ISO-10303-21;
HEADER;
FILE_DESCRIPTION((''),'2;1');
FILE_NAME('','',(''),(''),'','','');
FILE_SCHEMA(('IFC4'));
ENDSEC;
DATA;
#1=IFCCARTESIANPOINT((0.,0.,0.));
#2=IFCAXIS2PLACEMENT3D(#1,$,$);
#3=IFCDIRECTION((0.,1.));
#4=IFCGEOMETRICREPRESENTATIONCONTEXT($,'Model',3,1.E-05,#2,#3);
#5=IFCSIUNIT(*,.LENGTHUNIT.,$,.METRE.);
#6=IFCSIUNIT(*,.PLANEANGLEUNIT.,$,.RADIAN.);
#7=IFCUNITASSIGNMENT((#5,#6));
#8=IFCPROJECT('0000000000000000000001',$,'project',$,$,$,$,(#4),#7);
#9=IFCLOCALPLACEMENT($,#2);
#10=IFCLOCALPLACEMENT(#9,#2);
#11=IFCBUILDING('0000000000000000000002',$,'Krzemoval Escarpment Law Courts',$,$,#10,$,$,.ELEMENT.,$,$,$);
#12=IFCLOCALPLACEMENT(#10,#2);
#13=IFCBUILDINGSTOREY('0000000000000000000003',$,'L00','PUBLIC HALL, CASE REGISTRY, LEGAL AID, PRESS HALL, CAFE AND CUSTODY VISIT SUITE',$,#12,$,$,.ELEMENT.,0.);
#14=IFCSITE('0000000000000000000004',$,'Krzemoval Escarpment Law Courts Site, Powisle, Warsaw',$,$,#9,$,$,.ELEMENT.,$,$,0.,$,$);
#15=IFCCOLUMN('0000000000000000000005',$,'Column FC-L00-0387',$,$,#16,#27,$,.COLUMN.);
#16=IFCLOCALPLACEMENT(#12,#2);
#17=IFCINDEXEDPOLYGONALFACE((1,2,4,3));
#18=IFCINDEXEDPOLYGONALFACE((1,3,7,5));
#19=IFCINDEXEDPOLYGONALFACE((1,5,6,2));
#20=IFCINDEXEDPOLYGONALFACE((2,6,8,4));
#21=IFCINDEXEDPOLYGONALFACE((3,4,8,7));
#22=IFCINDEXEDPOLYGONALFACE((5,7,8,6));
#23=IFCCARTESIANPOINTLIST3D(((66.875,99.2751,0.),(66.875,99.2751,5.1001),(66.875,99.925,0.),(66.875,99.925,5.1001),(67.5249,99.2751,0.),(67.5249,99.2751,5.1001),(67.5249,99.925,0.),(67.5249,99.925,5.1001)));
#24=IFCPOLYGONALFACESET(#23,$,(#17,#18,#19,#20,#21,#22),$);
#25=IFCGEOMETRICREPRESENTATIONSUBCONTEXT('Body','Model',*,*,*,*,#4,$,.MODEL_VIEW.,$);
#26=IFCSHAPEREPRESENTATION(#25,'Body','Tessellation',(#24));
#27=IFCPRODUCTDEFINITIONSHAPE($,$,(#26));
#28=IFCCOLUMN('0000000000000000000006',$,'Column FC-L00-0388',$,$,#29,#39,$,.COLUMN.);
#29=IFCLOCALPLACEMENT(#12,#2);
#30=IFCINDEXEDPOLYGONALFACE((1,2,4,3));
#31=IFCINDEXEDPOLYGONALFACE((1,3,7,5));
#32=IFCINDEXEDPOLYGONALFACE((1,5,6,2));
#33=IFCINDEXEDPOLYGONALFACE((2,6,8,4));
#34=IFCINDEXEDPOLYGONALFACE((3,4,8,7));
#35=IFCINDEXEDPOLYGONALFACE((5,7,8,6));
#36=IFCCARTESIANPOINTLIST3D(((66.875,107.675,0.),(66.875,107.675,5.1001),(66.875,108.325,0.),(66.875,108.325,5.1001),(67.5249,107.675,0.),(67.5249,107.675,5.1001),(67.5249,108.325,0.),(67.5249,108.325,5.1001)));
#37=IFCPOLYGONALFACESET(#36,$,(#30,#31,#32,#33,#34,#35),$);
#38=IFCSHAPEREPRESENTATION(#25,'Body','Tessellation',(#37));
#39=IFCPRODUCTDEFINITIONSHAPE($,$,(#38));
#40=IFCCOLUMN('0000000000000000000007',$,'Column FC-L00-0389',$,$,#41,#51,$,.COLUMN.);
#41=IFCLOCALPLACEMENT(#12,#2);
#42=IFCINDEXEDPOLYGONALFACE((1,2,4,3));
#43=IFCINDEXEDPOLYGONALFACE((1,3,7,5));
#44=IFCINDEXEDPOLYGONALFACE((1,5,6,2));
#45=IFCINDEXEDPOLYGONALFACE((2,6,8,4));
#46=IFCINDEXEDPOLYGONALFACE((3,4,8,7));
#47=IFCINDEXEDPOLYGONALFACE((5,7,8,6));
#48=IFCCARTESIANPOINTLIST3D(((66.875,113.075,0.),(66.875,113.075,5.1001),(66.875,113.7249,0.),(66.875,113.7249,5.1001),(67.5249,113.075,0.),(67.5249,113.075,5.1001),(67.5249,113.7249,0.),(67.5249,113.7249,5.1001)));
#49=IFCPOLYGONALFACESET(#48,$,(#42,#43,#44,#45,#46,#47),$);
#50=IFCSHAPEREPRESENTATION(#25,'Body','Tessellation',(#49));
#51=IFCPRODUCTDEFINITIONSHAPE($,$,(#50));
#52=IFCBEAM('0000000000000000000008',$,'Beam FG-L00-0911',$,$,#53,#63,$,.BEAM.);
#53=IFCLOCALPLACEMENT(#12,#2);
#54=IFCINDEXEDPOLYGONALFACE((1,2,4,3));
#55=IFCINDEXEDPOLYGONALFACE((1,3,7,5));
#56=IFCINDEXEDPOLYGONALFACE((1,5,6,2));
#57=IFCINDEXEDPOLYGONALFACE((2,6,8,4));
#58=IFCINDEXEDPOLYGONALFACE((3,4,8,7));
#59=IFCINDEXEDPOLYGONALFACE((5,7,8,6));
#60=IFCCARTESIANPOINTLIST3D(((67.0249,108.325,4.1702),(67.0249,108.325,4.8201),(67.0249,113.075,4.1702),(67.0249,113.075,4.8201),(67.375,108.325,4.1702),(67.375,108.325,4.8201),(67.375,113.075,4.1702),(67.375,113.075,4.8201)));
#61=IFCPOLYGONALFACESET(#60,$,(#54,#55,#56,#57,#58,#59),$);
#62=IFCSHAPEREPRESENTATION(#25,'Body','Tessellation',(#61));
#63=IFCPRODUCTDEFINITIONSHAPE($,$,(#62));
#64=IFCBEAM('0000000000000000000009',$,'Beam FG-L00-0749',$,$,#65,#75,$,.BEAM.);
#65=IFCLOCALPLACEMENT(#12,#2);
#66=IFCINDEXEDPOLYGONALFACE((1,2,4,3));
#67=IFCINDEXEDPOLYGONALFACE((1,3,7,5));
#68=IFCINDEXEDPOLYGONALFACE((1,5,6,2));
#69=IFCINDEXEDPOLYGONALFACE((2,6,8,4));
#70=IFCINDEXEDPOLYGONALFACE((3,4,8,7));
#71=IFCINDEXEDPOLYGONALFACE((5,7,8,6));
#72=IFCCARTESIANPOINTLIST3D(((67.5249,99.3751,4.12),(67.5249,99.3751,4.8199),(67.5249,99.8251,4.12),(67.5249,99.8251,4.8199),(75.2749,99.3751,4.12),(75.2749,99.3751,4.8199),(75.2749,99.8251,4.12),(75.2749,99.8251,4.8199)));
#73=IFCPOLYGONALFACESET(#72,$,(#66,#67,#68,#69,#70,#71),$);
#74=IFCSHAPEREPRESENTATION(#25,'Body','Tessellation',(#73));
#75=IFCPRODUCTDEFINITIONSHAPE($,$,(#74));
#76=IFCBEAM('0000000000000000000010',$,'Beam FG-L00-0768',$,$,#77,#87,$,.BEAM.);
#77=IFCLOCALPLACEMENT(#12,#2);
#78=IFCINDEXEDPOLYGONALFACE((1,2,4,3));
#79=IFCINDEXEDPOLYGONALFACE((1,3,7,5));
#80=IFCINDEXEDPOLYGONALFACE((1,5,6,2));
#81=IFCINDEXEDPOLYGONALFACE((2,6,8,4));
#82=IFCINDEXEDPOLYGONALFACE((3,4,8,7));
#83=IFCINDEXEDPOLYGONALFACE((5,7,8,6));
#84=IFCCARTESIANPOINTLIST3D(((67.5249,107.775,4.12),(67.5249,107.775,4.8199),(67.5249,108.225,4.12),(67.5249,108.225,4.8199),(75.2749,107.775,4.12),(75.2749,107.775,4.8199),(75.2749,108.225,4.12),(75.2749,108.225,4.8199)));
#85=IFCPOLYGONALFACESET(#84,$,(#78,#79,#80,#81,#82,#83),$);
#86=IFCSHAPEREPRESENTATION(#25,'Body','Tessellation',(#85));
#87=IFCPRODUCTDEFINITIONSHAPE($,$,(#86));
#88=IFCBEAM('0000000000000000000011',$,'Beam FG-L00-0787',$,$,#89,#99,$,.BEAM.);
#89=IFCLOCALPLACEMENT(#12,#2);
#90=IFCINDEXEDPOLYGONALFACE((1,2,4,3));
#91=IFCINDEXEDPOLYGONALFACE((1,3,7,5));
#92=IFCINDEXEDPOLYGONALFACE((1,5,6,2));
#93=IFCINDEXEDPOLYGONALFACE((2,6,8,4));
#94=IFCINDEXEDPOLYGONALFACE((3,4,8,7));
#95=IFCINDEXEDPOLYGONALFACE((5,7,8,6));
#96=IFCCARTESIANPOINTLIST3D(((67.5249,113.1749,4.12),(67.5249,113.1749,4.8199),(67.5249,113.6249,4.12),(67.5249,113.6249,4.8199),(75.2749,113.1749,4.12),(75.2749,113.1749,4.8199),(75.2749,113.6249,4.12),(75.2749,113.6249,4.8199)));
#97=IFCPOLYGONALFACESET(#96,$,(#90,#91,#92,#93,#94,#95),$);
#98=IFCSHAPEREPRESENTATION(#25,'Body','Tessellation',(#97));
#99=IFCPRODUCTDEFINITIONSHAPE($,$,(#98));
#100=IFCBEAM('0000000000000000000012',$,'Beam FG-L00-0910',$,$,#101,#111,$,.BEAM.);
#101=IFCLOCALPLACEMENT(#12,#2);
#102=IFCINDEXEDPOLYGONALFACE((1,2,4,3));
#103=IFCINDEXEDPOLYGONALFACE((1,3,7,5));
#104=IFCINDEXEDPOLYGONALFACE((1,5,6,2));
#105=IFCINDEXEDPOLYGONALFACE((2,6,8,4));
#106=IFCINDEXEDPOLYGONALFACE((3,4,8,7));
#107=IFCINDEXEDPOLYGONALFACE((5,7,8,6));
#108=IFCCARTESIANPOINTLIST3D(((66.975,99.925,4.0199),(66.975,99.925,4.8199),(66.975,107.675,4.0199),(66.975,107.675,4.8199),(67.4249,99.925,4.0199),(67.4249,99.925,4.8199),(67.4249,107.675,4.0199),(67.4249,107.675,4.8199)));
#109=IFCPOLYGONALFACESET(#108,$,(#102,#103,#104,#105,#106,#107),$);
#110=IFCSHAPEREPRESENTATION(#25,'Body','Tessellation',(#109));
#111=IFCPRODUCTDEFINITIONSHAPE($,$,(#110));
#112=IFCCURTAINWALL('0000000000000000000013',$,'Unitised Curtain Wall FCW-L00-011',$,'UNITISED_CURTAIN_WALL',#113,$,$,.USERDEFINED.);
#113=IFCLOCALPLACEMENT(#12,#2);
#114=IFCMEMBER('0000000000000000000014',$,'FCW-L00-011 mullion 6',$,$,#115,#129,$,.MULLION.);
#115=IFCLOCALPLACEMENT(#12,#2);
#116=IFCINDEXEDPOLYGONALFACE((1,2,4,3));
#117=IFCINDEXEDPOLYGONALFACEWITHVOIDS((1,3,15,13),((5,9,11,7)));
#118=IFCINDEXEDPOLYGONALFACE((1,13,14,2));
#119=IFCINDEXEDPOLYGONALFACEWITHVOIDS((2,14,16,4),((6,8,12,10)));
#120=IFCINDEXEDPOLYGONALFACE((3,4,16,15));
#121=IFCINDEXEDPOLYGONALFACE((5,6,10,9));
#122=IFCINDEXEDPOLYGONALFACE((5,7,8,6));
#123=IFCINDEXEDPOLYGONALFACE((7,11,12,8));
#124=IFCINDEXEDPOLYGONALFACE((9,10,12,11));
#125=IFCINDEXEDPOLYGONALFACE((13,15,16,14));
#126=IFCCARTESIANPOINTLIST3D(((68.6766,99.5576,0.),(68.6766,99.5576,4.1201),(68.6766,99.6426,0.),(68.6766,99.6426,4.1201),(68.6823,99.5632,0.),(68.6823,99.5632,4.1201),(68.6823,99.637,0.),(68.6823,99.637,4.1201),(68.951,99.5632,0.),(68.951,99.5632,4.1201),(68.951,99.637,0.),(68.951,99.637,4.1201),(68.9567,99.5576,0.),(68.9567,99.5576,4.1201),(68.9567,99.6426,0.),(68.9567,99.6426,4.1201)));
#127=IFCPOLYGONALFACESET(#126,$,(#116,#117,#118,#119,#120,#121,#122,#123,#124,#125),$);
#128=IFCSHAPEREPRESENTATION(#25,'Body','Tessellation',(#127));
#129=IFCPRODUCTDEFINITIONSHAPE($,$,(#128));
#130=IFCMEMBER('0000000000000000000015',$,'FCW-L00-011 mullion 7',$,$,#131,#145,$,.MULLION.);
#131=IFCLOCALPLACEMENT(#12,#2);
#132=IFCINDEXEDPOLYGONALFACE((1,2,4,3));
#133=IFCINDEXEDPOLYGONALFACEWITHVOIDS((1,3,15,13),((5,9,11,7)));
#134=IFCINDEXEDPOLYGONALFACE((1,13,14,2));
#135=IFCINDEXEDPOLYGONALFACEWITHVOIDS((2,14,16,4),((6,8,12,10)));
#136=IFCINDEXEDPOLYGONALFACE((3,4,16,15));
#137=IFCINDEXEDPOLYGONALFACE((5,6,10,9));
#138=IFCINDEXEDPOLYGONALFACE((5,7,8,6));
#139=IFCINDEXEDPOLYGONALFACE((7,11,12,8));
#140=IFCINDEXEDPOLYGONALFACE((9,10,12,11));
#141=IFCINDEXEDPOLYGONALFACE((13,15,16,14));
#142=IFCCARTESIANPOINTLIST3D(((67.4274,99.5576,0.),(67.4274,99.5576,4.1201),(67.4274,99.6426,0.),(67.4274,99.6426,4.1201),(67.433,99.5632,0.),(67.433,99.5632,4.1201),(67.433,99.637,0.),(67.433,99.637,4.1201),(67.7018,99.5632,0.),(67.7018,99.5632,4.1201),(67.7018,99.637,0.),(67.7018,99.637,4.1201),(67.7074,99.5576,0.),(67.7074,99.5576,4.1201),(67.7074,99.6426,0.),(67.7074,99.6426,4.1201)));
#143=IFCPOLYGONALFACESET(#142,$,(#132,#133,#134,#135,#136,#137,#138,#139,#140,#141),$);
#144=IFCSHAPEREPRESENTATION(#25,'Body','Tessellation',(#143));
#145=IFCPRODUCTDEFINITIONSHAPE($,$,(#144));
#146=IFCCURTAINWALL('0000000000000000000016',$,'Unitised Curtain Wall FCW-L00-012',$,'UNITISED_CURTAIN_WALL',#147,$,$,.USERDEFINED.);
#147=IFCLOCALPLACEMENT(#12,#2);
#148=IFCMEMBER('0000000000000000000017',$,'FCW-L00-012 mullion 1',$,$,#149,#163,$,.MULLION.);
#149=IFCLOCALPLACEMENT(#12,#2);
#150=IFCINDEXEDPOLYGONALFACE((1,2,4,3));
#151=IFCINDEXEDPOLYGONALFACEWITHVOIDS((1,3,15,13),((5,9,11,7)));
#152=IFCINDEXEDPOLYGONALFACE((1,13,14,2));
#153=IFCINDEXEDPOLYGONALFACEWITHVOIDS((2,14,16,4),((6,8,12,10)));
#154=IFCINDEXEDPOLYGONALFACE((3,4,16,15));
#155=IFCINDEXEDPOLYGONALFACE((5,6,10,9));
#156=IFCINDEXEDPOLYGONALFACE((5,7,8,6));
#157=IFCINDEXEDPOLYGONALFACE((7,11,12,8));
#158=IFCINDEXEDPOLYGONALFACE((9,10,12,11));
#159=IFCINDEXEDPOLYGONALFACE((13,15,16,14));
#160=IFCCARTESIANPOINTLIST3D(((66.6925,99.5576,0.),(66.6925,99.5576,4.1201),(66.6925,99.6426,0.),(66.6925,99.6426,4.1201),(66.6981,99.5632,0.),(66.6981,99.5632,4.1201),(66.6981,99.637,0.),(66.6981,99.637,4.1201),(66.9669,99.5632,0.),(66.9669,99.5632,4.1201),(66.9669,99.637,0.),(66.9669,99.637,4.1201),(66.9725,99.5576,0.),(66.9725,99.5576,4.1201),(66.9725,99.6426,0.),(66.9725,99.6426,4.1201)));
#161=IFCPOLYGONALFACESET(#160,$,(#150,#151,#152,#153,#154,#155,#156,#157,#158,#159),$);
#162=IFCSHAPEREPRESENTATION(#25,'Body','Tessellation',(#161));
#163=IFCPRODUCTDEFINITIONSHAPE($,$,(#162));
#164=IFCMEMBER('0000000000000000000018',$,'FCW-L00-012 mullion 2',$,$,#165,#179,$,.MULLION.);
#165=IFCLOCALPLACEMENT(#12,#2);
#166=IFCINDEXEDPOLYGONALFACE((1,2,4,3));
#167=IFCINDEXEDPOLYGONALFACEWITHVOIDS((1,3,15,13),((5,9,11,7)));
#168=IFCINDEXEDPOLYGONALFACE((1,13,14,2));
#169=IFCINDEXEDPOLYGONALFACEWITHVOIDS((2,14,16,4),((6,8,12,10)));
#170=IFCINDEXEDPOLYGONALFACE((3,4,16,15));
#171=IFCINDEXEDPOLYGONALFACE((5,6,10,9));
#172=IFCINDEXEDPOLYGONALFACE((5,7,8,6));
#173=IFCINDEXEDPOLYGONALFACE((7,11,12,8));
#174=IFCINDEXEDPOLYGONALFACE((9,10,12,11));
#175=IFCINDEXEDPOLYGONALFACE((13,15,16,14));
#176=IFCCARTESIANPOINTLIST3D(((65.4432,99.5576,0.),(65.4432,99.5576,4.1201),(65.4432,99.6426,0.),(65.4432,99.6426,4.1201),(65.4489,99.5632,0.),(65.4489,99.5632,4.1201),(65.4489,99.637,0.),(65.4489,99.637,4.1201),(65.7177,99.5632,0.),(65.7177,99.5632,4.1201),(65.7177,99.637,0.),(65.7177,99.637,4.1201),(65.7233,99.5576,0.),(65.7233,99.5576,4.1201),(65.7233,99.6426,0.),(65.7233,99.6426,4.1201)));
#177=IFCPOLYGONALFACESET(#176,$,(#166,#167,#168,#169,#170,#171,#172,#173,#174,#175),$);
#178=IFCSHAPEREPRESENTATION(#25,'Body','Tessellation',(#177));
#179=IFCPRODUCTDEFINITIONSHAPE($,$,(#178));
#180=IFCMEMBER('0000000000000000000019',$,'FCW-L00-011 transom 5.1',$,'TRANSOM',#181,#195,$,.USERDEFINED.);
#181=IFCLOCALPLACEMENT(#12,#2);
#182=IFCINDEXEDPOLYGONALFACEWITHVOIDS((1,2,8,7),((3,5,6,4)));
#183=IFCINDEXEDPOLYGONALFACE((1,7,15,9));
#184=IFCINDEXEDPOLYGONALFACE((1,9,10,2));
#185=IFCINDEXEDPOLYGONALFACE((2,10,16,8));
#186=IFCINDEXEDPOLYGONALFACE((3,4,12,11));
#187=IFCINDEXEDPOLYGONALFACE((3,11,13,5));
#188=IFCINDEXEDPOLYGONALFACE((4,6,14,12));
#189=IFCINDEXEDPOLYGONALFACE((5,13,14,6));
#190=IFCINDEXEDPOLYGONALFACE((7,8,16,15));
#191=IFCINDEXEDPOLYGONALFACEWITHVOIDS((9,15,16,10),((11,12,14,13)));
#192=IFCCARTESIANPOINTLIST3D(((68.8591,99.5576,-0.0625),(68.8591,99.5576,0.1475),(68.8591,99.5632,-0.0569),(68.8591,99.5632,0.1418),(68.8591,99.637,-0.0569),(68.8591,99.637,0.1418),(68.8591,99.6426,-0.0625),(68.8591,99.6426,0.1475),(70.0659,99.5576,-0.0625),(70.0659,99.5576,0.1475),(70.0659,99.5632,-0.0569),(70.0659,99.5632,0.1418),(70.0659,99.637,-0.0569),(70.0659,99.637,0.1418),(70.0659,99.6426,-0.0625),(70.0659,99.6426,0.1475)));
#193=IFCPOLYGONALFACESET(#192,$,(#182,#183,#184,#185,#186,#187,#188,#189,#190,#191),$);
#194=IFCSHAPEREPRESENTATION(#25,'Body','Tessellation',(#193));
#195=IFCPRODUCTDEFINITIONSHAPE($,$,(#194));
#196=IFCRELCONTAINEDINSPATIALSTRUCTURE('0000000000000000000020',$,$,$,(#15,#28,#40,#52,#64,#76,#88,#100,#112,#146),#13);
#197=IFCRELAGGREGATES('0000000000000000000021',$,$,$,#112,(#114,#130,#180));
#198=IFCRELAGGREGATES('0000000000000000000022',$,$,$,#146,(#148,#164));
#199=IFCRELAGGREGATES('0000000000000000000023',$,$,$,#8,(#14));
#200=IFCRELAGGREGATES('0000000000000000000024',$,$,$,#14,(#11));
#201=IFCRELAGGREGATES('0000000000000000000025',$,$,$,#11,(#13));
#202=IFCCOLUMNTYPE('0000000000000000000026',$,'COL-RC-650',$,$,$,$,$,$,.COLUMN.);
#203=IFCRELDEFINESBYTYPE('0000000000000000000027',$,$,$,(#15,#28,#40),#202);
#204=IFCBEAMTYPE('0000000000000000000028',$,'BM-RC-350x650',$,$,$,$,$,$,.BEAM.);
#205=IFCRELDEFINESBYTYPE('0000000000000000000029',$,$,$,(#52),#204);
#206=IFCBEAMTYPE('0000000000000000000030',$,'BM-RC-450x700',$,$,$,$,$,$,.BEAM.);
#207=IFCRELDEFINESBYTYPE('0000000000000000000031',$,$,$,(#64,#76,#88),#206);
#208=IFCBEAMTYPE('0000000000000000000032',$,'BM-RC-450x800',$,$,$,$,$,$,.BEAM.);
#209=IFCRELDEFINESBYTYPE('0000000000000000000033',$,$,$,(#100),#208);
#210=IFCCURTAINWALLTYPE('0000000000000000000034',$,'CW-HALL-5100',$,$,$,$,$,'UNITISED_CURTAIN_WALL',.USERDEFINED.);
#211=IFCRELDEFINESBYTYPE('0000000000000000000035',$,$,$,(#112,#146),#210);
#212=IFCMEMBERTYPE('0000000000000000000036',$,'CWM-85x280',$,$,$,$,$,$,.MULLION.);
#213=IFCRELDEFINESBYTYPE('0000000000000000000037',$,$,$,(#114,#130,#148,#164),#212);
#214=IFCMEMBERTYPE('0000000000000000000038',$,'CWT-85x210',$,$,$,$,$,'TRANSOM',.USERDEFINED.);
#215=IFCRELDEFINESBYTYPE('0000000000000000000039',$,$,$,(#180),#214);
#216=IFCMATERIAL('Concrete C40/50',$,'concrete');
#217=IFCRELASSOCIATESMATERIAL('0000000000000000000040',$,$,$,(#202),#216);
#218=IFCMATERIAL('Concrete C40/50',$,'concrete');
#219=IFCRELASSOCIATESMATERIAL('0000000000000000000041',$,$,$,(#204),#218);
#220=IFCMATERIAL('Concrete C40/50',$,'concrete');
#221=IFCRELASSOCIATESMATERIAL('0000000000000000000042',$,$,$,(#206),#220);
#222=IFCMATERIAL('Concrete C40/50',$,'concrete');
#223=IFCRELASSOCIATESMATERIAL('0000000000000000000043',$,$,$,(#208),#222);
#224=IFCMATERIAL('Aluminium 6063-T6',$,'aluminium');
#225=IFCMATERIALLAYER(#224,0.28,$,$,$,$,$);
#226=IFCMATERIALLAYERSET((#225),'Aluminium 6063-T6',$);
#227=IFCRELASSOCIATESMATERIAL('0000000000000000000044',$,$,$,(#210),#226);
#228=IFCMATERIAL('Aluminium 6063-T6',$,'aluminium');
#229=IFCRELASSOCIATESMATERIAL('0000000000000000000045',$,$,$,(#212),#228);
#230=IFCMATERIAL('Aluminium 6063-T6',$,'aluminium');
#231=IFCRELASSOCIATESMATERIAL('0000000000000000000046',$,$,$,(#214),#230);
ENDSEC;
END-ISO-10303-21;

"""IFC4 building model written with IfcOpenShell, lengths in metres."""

from ifc_helpers import new_model, si_unit, direction, frame, origin, origin_2d, place, context, subcontext, project, spatial, rectangle, hollow_rectangle, extrude, material, layer, layer_set, material_profile, profile_set, type_object, element, aggregate, save


model = new_model("IFC4")

# Units and contexts
model_context = context("Model", 3, precision=1e-05, world=origin(), true_north=direction((0.0, 1.0)))
body_context = subcontext(model_context, "Body", "Model", "MODEL_VIEW")
ifc_project = project(units=[si_unit("LENGTHUNIT", "METRE"), si_unit("PLANEANGLEUNIT", "RADIAN")], contexts=[model_context])

# Site, building, storey
site_placement = place(None, origin())
site = spatial("IfcSite", under=ifc_project, at=site_placement, Name="Krzemoval Escarpment Law Courts Site, Powisle, Warsaw", CompositionType="ELEMENT", RefElevation=0.0)
building_placement = place(site_placement, origin())
building = spatial("IfcBuilding", under=site, at=building_placement, Name="Krzemoval Escarpment Law Courts", CompositionType="ELEMENT")
storey_placement = place(building_placement, origin())
storey = spatial("IfcBuildingStorey", under=building, at=storey_placement, Name="L00", Description="PUBLIC HALL, CASE REGISTRY, LEGAL AID, PRESS HALL, CAFE AND CUSTODY VISIT SUITE", CompositionType="ELEMENT", Elevation=0.0)

# Columns
ifc_material_1 = material(Name="Concrete C40/50", Category="concrete")
ifc_material_profile_1 = material_profile(ifc_material_1, rectangle(XDim=0.6499, YDim=0.6499, at=origin_2d()), Name="RC 650x650")
ifc_profile_set_1 = profile_set([ifc_material_profile_1], Name="Concrete C40/50")
column_type = type_object("IfcColumnType", Name="COL-RC-650", PredefinedType="COLUMN", material=ifc_profile_set_1)
for number, where, z_axis, x_axis, name in (
    (1, (67.2, 99.6001, 0.0), (0.0, 0.0, 1.0), (1.0, 0.0, 0.0), "Column FC-L00-0387"),
    (2, (67.2, 108.0, 0.0), (0.0, 0.0, 1.0), (1.0, 0.0, 0.0), "Column FC-L00-0388"),
    (3, (67.2, 113.3999, 0.0), (0.0, 0.0, 1.0), (1.0, 0.0, 0.0), "Column FC-L00-0389"),
):
    element("IfcColumn", number, at=place(storey_placement, frame(where, z_axis=z_axis, x_axis=x_axis)), inside=storey, type_object=column_type, Name=name, PredefinedType="COLUMN", context=body_context, shape_type="SweptSolid", body=[
        extrude(rectangle(XDim=0.6499, YDim=0.6499, at=origin_2d()), origin(), (0.0, 0.0, 1.0), 5.1001),
    ])

# Beams
ifc_material_2 = material(Name="Concrete C40/50", Category="concrete")
ifc_material_profile_2 = material_profile(ifc_material_2, rectangle(XDim=0.3501, YDim=0.6499, at=origin_2d()), Name="RCB 350x650")
ifc_profile_set_2 = profile_set([ifc_material_profile_2], Name="Concrete C40/50")
beam_type_1 = type_object("IfcBeamType", Name="BM-RC-350x650", PredefinedType="BEAM", material=ifc_profile_set_2)
beam_1_placement = place(storey_placement, frame((67.2, 108.325, 4.4951), z_axis=(0.0, 1.0, 0.0), x_axis=(-1.0, 0.0, 0.0)))
element("IfcBeam", 4, at=beam_1_placement, inside=storey, type_object=beam_type_1, Name="Beam FG-L00-0911", PredefinedType="BEAM", context=body_context, shape_type="SweptSolid", body=[
    extrude(rectangle(XDim=0.3501, YDim=0.6499, at=origin_2d()), origin(), (0.0, 0.0, 1.0), 4.75),
])
ifc_material_3 = material(Name="Concrete C40/50", Category="concrete")
ifc_material_profile_3 = material_profile(ifc_material_3, rectangle(XDim=0.45, YDim=0.7, at=origin_2d()), Name="RCB 450x700")
ifc_profile_set_3 = profile_set([ifc_material_profile_3], Name="Concrete C40/50")
beam_type_2 = type_object("IfcBeamType", Name="BM-RC-450x700", PredefinedType="BEAM", material=ifc_profile_set_3)
for number, where, z_axis, x_axis, name in (
    (5, (67.5249, 99.6001, 4.47), (1.0, 0.0, 0.0), (0.0, 1.0, 0.0), "Beam FG-L00-0749"),
    (6, (67.5249, 108.0, 4.47), (1.0, 0.0, 0.0), (0.0, 1.0, 0.0), "Beam FG-L00-0768"),
    (7, (67.5249, 113.3999, 4.47), (1.0, 0.0, 0.0), (0.0, 1.0, 0.0), "Beam FG-L00-0787"),
):
    element("IfcBeam", number, at=place(storey_placement, frame(where, z_axis=z_axis, x_axis=x_axis)), inside=storey, type_object=beam_type_2, Name=name, PredefinedType="BEAM", context=body_context, shape_type="SweptSolid", body=[
        extrude(rectangle(XDim=0.45, YDim=0.7, at=origin_2d()), origin(), (0.0, 0.0, 1.0), 7.75),
    ])
ifc_material_4 = material(Name="Concrete C40/50", Category="concrete")
ifc_material_profile_4 = material_profile(ifc_material_4, rectangle(XDim=0.45, YDim=0.8, at=origin_2d()), Name="RCB 450x800")
ifc_profile_set_4 = profile_set([ifc_material_profile_4], Name="Concrete C40/50")
beam_type_3 = type_object("IfcBeamType", Name="BM-RC-450x800", PredefinedType="BEAM", material=ifc_profile_set_4)
beam_2_placement = place(storey_placement, frame((67.2, 99.925, 4.4199), z_axis=(0.0, 1.0, 0.0), x_axis=(-1.0, 0.0, 0.0)))
element("IfcBeam", 8, at=beam_2_placement, inside=storey, type_object=beam_type_3, Name="Beam FG-L00-0910", PredefinedType="BEAM", context=body_context, shape_type="SweptSolid", body=[
    extrude(rectangle(XDim=0.45, YDim=0.8, at=origin_2d()), origin(), (0.0, 0.0, 1.0), 7.75),
])

# Curtain walls, members
ifc_material_5 = material(Name="Aluminium 6063-T6", Category="aluminium")
ifc_layer_1 = layer(ifc_material_5, 0.28)
ifc_layer_set_1 = layer_set([ifc_layer_1], Name="Aluminium 6063-T6")
curtain_wall_type = type_object("IfcCurtainWallType", Name="CW-HALL-5100", ElementType="UNITISED_CURTAIN_WALL", PredefinedType="USERDEFINED", material=ifc_layer_set_1)
curtain_wall_1_placement = place(storey_placement, origin())
curtain_wall_1 = element("IfcCurtainWall", 9, at=curtain_wall_1_placement, inside=storey, type_object=curtain_wall_type, Name="Unitised Curtain Wall FCW-L00-011", ObjectType="UNITISED_CURTAIN_WALL", PredefinedType="USERDEFINED")
ifc_material_6 = material(Name="Aluminium 6063-T6", Category="aluminium")
ifc_material_profile_5 = material_profile(ifc_material_6, hollow_rectangle(XDim=0.085, YDim=0.28, WallThickness=0.0056, at=origin_2d()), Name="ALU M85x280")
ifc_profile_set_5 = profile_set([ifc_material_profile_5], Name="Aluminium 6063-T6")
member_type_1 = type_object("IfcMemberType", Name="CWM-85x280", PredefinedType="MULLION", material=ifc_profile_set_5)
member_1_placement = place(storey_placement, frame((68.8167, 99.6001, 0.0), z_axis=(0.0, 0.0, 1.0), x_axis=(0.0, -1.0, 0.0)))
member_1 = element("IfcMember", 10, at=member_1_placement, type_object=member_type_1, Name="FCW-L00-011 mullion 6", PredefinedType="MULLION", context=body_context, shape_type="SweptSolid", body=[
    extrude(hollow_rectangle(XDim=0.085, YDim=0.28, WallThickness=0.0056, at=origin_2d()), origin(), (0.0, 0.0, 1.0), 4.1201),
])
member_2_placement = place(storey_placement, frame((67.5674, 99.6001, 0.0), z_axis=(0.0, 0.0, 1.0), x_axis=(0.0, -1.0, 0.0)))
member_2 = element("IfcMember", 11, at=member_2_placement, type_object=member_type_1, Name="FCW-L00-011 mullion 7", PredefinedType="MULLION", context=body_context, shape_type="SweptSolid", body=[
    extrude(hollow_rectangle(XDim=0.085, YDim=0.28, WallThickness=0.0056, at=origin_2d()), origin(), (0.0, 0.0, 1.0), 4.1201),
])
curtain_wall_2_placement = place(storey_placement, origin())
curtain_wall_2 = element("IfcCurtainWall", 12, at=curtain_wall_2_placement, inside=storey, type_object=curtain_wall_type, Name="Unitised Curtain Wall FCW-L00-012", ObjectType="UNITISED_CURTAIN_WALL", PredefinedType="USERDEFINED")
member_3_placement = place(storey_placement, frame((66.8325, 99.6001, 0.0), z_axis=(0.0, 0.0, 1.0), x_axis=(0.0, -1.0, 0.0)))
member_3 = element("IfcMember", 13, at=member_3_placement, type_object=member_type_1, Name="FCW-L00-012 mullion 1", PredefinedType="MULLION", context=body_context, shape_type="SweptSolid", body=[
    extrude(hollow_rectangle(XDim=0.085, YDim=0.28, WallThickness=0.0056, at=origin_2d()), origin(), (0.0, 0.0, 1.0), 4.1201),
])
member_4_placement = place(storey_placement, frame((65.5833, 99.6001, 0.0), z_axis=(0.0, 0.0, 1.0), x_axis=(0.0, -1.0, 0.0)))
member_4 = element("IfcMember", 14, at=member_4_placement, type_object=member_type_1, Name="FCW-L00-012 mullion 2", PredefinedType="MULLION", context=body_context, shape_type="SweptSolid", body=[
    extrude(hollow_rectangle(XDim=0.085, YDim=0.28, WallThickness=0.0056, at=origin_2d()), origin(), (0.0, 0.0, 1.0), 4.1201),
])

# Member
ifc_material_7 = material(Name="Aluminium 6063-T6", Category="aluminium")
ifc_material_profile_6 = material_profile(ifc_material_7, hollow_rectangle(XDim=0.085, YDim=0.21, WallThickness=0.0056, at=origin_2d()), Name="ALU T85x210")
ifc_profile_set_6 = profile_set([ifc_material_profile_6], Name="Aluminium 6063-T6")
member_type_2 = type_object("IfcMemberType", Name="CWT-85x210", ElementType="TRANSOM", PredefinedType="USERDEFINED", material=ifc_profile_set_6)
member_5_placement = place(storey_placement, frame((70.0659, 99.6001, 0.0425), z_axis=(-1.0, 0.0, 0.0), x_axis=(0.0, -1.0, 0.0)))
member_5 = element("IfcMember", 15, at=member_5_placement, type_object=member_type_2, Name="FCW-L00-011 transom 5.1", ObjectType="TRANSOM", PredefinedType="USERDEFINED", context=body_context, shape_type="SweptSolid", body=[
    extrude(hollow_rectangle(XDim=0.085, YDim=0.21, WallThickness=0.0056, at=origin_2d()), origin(), (0.0, 0.0, 1.0), 1.2068),
])

aggregate(curtain_wall_1, [member_1, member_2, member_5])
aggregate(curtain_wall_2, [member_3, member_4])

save(model, "model.ifc")
